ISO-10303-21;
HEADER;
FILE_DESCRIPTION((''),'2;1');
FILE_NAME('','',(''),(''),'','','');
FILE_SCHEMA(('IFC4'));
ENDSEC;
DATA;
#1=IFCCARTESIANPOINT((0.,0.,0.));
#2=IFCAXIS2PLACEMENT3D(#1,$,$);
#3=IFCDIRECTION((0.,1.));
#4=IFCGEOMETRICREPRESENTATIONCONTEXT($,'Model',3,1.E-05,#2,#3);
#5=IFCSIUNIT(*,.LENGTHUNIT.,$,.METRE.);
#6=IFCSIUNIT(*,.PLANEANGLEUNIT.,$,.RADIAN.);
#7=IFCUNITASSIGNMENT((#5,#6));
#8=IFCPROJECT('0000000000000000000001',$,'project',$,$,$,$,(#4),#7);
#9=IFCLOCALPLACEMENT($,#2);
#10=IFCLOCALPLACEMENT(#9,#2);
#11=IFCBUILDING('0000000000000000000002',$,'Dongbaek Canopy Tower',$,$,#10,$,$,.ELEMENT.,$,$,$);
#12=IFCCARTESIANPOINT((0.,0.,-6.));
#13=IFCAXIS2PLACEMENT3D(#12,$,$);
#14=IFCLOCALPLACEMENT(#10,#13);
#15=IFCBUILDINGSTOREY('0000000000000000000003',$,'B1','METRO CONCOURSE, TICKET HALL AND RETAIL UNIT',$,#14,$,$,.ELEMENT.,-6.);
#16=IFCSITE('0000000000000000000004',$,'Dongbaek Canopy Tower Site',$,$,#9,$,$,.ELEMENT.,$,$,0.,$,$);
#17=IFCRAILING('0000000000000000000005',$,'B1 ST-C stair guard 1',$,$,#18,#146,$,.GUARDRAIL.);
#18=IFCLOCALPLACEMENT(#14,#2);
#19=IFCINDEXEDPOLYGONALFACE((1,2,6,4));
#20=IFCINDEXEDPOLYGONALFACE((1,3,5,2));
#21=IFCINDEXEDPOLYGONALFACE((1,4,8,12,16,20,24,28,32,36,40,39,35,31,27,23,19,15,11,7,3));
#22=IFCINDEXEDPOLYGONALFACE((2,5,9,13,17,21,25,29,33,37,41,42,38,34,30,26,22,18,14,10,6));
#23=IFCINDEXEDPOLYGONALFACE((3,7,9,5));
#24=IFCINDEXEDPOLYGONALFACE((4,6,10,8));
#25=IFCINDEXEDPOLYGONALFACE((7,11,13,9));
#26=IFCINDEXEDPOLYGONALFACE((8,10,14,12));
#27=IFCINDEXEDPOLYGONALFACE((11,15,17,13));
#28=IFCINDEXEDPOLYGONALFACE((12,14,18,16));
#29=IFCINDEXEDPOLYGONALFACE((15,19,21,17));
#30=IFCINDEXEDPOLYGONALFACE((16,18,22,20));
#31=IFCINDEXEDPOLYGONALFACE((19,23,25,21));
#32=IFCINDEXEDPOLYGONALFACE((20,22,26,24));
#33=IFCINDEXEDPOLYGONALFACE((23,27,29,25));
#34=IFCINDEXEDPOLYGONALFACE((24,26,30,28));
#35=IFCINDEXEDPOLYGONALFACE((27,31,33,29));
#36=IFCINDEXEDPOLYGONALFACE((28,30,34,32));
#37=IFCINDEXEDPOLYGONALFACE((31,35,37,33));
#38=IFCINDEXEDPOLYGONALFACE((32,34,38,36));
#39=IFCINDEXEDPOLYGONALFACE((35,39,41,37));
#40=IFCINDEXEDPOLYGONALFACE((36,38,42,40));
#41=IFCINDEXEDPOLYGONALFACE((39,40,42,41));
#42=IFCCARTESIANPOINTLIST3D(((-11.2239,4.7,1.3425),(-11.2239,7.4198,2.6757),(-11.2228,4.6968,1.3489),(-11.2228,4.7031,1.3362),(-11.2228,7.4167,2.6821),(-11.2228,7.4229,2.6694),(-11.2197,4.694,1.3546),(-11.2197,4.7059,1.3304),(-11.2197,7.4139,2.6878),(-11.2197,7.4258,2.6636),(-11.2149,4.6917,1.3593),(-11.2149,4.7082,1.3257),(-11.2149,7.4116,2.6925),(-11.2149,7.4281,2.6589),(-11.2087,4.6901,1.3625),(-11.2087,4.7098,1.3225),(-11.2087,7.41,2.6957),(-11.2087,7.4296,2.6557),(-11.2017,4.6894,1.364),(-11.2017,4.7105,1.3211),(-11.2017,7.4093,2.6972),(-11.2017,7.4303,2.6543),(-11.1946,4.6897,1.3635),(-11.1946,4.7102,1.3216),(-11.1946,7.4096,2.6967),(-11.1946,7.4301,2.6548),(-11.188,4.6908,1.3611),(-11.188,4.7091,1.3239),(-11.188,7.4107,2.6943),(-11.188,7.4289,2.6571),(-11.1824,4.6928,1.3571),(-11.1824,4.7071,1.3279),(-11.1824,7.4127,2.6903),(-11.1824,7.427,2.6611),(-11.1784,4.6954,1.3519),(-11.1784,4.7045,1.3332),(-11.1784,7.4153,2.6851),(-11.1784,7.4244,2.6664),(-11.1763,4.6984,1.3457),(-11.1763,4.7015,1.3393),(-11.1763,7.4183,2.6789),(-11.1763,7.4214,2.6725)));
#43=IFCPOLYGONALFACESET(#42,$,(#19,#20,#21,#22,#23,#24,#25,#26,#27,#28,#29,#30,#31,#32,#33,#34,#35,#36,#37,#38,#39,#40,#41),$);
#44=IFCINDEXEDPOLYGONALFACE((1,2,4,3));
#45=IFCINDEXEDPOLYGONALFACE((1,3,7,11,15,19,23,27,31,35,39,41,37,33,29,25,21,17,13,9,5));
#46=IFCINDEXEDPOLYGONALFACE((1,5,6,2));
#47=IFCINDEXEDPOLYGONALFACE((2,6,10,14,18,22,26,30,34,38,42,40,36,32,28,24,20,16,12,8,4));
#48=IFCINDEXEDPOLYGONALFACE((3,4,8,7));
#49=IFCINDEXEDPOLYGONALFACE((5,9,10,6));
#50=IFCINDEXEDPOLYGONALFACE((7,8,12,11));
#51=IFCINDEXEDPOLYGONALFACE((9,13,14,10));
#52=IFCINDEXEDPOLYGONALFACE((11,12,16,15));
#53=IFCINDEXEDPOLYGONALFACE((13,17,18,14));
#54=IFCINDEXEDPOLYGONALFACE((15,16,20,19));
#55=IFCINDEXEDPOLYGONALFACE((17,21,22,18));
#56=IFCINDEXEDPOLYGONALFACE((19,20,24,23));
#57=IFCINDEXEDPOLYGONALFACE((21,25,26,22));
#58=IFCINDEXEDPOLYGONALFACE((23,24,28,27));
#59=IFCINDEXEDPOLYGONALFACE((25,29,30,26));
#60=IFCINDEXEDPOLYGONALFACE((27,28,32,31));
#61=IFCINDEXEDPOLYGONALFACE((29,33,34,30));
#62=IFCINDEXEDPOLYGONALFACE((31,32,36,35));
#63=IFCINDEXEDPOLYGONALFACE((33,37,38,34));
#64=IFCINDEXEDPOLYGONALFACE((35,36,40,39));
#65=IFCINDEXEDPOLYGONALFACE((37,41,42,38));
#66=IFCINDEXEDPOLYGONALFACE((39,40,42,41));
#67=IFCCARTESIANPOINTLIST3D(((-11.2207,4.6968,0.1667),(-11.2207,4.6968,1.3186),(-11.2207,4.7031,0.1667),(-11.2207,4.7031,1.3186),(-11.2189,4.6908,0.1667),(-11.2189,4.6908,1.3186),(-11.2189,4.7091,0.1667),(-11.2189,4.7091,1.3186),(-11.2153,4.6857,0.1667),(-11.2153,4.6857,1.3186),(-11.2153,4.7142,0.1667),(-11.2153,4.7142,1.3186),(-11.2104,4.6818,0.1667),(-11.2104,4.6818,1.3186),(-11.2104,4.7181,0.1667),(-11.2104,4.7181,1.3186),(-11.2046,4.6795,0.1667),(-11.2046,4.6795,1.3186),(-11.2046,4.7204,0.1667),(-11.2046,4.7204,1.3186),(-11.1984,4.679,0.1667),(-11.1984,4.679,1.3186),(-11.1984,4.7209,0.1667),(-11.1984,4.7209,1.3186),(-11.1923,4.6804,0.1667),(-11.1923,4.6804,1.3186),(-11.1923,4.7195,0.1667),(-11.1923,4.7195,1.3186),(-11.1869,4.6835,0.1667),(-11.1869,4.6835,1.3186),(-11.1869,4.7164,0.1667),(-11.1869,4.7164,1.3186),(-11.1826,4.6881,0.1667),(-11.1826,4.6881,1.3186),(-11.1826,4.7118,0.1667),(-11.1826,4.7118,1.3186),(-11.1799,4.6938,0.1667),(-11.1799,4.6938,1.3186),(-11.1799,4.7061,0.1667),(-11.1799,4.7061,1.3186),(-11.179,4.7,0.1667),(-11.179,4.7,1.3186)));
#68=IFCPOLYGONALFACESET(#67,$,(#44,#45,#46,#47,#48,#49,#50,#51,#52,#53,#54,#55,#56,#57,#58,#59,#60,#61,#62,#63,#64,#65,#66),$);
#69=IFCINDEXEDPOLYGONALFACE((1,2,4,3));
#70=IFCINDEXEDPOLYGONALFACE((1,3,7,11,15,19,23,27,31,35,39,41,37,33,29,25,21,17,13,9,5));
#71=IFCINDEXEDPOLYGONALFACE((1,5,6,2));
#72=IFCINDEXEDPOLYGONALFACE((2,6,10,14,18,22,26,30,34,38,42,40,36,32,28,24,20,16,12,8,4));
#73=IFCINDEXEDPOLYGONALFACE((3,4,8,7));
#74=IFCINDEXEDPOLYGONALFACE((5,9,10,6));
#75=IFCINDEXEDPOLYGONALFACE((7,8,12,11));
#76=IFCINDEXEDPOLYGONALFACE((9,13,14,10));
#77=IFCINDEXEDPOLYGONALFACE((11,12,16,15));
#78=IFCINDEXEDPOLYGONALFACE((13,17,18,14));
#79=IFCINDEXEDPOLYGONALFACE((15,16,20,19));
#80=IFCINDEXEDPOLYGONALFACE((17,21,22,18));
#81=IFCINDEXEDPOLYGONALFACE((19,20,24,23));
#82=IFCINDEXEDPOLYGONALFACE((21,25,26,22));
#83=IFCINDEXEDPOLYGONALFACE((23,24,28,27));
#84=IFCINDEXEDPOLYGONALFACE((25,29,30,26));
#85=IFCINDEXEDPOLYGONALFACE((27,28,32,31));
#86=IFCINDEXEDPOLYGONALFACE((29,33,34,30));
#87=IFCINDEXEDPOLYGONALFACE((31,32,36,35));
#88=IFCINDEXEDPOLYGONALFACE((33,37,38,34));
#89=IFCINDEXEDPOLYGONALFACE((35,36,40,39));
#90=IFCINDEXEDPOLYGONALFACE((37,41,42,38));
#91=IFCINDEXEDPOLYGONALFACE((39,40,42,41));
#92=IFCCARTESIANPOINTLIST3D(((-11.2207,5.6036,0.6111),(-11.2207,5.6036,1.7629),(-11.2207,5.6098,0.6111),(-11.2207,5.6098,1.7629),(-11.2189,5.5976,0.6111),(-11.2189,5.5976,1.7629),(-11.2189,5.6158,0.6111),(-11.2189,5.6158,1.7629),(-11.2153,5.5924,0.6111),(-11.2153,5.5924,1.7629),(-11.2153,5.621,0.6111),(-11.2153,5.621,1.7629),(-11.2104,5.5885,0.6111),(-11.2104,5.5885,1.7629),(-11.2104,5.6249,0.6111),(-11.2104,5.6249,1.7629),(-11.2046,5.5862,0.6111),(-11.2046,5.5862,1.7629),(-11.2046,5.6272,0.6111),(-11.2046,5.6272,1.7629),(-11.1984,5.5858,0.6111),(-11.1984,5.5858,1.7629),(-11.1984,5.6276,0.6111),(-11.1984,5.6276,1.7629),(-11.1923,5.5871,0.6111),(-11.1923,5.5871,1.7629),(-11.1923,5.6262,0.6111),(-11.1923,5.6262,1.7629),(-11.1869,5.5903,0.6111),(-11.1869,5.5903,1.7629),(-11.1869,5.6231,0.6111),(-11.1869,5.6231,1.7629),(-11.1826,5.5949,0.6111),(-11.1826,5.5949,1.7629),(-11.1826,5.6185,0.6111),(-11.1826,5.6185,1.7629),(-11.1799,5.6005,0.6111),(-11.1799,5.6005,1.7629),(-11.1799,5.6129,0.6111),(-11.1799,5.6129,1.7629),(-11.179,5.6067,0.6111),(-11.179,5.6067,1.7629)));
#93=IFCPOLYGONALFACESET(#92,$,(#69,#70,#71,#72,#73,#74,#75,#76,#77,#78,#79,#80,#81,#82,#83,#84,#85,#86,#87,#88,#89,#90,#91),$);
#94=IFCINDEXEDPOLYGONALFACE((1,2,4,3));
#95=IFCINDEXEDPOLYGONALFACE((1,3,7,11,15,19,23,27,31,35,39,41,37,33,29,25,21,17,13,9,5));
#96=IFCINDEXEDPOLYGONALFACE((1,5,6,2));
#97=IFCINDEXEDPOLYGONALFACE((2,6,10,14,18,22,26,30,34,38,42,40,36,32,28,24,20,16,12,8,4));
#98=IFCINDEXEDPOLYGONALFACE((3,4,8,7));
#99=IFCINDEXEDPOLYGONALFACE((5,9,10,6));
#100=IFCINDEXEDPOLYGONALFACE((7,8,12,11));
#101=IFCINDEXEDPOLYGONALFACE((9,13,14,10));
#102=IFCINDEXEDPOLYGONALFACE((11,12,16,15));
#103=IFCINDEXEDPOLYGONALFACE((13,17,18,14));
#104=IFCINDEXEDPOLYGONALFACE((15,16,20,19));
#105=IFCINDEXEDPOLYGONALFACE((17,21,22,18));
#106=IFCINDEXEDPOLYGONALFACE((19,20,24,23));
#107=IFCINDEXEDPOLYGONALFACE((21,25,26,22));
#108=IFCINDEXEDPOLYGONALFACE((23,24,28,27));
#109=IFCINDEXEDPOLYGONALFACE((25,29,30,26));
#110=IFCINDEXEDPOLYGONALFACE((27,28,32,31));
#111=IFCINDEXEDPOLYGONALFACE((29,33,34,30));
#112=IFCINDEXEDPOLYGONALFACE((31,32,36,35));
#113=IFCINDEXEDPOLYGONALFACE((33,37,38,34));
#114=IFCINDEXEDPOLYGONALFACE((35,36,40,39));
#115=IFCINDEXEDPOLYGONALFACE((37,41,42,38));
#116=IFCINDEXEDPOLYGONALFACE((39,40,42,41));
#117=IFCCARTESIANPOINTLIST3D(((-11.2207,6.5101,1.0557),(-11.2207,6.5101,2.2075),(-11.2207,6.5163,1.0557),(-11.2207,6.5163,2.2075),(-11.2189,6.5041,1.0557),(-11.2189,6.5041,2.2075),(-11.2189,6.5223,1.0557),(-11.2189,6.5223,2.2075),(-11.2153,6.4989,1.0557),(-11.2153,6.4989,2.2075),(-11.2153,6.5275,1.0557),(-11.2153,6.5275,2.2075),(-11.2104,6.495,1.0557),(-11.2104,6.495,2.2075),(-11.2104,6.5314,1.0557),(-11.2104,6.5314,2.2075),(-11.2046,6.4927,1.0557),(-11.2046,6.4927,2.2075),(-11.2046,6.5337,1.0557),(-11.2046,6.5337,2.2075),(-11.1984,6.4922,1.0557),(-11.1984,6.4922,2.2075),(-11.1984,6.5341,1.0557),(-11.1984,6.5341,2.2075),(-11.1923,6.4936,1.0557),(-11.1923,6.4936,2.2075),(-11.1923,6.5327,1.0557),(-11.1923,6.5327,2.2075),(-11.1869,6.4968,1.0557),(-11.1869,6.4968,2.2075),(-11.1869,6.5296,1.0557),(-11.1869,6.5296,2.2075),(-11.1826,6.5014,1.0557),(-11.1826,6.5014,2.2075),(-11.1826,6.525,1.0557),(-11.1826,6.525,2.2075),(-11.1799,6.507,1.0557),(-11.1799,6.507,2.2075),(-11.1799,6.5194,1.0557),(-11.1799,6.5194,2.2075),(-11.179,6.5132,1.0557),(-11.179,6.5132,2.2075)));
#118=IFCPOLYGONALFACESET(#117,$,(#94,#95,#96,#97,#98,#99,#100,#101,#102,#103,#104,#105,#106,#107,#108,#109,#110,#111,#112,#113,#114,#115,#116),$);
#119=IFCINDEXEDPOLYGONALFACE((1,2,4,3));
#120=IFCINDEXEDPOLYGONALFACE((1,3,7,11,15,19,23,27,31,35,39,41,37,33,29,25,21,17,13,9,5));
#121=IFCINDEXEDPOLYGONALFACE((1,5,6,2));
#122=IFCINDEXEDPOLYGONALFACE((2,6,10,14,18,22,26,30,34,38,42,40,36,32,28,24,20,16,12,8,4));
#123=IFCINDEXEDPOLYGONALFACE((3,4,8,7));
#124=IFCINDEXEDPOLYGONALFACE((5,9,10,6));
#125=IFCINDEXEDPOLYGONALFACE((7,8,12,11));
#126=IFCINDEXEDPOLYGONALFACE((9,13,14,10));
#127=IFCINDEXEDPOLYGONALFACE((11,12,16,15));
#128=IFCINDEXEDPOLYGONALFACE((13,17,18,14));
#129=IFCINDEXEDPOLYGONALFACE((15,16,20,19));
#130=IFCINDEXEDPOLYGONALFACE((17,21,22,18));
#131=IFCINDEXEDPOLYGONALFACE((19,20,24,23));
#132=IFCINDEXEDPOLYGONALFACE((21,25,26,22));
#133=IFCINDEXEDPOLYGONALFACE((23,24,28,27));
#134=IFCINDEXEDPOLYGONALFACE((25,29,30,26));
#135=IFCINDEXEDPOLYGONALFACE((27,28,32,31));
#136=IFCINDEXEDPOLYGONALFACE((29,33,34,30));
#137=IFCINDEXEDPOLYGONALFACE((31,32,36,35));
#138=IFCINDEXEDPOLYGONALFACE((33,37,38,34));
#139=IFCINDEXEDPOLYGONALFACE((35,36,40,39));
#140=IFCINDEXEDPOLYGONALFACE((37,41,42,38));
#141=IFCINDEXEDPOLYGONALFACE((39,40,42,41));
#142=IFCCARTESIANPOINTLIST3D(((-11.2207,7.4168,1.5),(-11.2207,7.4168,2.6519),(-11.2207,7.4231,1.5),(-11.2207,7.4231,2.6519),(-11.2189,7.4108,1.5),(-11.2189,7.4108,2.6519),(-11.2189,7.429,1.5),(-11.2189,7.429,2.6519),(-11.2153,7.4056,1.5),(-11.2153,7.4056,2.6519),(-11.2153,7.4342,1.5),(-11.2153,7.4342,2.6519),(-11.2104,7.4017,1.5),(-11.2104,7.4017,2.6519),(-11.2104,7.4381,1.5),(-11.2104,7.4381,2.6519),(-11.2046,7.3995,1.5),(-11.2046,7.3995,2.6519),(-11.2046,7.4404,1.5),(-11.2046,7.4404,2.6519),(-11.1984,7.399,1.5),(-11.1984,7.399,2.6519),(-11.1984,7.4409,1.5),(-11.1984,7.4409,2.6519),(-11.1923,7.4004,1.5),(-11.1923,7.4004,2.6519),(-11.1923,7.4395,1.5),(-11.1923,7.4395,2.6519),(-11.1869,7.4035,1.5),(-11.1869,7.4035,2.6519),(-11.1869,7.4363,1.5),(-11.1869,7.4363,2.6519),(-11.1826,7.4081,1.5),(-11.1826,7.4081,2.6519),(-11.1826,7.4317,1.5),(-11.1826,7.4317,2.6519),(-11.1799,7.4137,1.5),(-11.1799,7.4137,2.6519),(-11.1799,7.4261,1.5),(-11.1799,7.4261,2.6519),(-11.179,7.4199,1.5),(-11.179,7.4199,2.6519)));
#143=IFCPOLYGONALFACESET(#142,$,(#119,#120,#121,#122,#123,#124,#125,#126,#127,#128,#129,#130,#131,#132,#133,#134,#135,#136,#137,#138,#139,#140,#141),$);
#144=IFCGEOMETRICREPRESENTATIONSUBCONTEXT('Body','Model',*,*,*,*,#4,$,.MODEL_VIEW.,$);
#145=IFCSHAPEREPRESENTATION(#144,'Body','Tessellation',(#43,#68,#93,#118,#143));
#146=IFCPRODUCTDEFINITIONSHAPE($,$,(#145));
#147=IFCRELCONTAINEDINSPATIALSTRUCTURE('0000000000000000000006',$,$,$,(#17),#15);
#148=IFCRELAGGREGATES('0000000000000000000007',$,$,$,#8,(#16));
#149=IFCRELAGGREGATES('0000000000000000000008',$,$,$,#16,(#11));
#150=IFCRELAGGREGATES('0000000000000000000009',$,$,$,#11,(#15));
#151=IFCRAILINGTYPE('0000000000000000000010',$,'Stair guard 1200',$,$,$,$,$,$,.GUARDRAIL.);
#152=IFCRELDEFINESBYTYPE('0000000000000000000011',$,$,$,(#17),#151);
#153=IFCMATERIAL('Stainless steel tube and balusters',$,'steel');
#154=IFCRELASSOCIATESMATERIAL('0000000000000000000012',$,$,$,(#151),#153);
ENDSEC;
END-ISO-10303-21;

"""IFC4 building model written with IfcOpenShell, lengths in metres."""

from ifc_helpers import new_model, si_unit, direction, frame, origin, origin_2d, place, context, subcontext, project, spatial, circle, extrude, material, type_object, element, save


model = new_model("IFC4")

# Units and contexts
model_context = context("Model", 3, precision=1e-05, world=origin(), true_north=direction((0.0, 1.0)))
body_context = subcontext(model_context, "Body", "Model", "MODEL_VIEW")
ifc_project = project(units=[si_unit("LENGTHUNIT", "METRE"), si_unit("PLANEANGLEUNIT", "RADIAN")], contexts=[model_context])

# Site, building, storey
site_placement = place(None, origin())
site = spatial("IfcSite", under=ifc_project, at=site_placement, Name="Dongbaek Canopy Tower Site", CompositionType="ELEMENT", RefElevation=0.0)
building_placement = place(site_placement, origin())
building = spatial("IfcBuilding", under=site, at=building_placement, Name="Dongbaek Canopy Tower", CompositionType="ELEMENT")
storey_placement = place(building_placement, frame((0.0, 0.0, -6.0)))
storey = spatial("IfcBuildingStorey", under=building, at=storey_placement, Name="B1", Description="METRO CONCOURSE, TICKET HALL AND RETAIL UNIT", CompositionType="ELEMENT", Elevation=-6.0)

# Railing
ifc_material_1 = material(Name="Stainless steel tube and balusters", Category="steel")
railing_type_1 = type_object("IfcRailingType", Name="Stair guard 1200", PredefinedType="GUARDRAIL", material=ifc_material_1)
railing_1_placement = place(storey_placement, frame((-11.2, 4.7, 0.1667)))
element("IfcRailing", 1, at=railing_1_placement, inside=storey, type_object=railing_type_1, Name="B1 ST-C stair guard 1", PredefinedType="GUARDRAIL", context=body_context, shape_type="SweptSolid", body=[
    extrude(circle(Radius=0.0239, at=origin_2d()), frame((0.0, 0.0, 1.1758), z_axis=(0.0, 0.897929, 0.440139), x_axis=(-1.0, 0.0, 0.0)), (0.0, 0.0, 1.0), 3.0291),
    extrude(circle(Radius=0.021, at=origin_2d()), origin(), (0.0, 0.0, 1.0), 1.1519),
    extrude(circle(Radius=0.021, at=origin_2d()), frame((0.0, 0.9067, 0.4443)), (0.0, 0.0, 1.0), 1.1519),
    extrude(circle(Radius=0.021, at=origin_2d()), frame((0.0, 1.8132, 0.8889)), (0.0, 0.0, 1.0), 1.1519),
    extrude(circle(Radius=0.021, at=origin_2d()), frame((0.0, 2.72, 1.3333)), (0.0, 0.0, 1.0), 1.1519),
])

save(model, "model.ifc")
